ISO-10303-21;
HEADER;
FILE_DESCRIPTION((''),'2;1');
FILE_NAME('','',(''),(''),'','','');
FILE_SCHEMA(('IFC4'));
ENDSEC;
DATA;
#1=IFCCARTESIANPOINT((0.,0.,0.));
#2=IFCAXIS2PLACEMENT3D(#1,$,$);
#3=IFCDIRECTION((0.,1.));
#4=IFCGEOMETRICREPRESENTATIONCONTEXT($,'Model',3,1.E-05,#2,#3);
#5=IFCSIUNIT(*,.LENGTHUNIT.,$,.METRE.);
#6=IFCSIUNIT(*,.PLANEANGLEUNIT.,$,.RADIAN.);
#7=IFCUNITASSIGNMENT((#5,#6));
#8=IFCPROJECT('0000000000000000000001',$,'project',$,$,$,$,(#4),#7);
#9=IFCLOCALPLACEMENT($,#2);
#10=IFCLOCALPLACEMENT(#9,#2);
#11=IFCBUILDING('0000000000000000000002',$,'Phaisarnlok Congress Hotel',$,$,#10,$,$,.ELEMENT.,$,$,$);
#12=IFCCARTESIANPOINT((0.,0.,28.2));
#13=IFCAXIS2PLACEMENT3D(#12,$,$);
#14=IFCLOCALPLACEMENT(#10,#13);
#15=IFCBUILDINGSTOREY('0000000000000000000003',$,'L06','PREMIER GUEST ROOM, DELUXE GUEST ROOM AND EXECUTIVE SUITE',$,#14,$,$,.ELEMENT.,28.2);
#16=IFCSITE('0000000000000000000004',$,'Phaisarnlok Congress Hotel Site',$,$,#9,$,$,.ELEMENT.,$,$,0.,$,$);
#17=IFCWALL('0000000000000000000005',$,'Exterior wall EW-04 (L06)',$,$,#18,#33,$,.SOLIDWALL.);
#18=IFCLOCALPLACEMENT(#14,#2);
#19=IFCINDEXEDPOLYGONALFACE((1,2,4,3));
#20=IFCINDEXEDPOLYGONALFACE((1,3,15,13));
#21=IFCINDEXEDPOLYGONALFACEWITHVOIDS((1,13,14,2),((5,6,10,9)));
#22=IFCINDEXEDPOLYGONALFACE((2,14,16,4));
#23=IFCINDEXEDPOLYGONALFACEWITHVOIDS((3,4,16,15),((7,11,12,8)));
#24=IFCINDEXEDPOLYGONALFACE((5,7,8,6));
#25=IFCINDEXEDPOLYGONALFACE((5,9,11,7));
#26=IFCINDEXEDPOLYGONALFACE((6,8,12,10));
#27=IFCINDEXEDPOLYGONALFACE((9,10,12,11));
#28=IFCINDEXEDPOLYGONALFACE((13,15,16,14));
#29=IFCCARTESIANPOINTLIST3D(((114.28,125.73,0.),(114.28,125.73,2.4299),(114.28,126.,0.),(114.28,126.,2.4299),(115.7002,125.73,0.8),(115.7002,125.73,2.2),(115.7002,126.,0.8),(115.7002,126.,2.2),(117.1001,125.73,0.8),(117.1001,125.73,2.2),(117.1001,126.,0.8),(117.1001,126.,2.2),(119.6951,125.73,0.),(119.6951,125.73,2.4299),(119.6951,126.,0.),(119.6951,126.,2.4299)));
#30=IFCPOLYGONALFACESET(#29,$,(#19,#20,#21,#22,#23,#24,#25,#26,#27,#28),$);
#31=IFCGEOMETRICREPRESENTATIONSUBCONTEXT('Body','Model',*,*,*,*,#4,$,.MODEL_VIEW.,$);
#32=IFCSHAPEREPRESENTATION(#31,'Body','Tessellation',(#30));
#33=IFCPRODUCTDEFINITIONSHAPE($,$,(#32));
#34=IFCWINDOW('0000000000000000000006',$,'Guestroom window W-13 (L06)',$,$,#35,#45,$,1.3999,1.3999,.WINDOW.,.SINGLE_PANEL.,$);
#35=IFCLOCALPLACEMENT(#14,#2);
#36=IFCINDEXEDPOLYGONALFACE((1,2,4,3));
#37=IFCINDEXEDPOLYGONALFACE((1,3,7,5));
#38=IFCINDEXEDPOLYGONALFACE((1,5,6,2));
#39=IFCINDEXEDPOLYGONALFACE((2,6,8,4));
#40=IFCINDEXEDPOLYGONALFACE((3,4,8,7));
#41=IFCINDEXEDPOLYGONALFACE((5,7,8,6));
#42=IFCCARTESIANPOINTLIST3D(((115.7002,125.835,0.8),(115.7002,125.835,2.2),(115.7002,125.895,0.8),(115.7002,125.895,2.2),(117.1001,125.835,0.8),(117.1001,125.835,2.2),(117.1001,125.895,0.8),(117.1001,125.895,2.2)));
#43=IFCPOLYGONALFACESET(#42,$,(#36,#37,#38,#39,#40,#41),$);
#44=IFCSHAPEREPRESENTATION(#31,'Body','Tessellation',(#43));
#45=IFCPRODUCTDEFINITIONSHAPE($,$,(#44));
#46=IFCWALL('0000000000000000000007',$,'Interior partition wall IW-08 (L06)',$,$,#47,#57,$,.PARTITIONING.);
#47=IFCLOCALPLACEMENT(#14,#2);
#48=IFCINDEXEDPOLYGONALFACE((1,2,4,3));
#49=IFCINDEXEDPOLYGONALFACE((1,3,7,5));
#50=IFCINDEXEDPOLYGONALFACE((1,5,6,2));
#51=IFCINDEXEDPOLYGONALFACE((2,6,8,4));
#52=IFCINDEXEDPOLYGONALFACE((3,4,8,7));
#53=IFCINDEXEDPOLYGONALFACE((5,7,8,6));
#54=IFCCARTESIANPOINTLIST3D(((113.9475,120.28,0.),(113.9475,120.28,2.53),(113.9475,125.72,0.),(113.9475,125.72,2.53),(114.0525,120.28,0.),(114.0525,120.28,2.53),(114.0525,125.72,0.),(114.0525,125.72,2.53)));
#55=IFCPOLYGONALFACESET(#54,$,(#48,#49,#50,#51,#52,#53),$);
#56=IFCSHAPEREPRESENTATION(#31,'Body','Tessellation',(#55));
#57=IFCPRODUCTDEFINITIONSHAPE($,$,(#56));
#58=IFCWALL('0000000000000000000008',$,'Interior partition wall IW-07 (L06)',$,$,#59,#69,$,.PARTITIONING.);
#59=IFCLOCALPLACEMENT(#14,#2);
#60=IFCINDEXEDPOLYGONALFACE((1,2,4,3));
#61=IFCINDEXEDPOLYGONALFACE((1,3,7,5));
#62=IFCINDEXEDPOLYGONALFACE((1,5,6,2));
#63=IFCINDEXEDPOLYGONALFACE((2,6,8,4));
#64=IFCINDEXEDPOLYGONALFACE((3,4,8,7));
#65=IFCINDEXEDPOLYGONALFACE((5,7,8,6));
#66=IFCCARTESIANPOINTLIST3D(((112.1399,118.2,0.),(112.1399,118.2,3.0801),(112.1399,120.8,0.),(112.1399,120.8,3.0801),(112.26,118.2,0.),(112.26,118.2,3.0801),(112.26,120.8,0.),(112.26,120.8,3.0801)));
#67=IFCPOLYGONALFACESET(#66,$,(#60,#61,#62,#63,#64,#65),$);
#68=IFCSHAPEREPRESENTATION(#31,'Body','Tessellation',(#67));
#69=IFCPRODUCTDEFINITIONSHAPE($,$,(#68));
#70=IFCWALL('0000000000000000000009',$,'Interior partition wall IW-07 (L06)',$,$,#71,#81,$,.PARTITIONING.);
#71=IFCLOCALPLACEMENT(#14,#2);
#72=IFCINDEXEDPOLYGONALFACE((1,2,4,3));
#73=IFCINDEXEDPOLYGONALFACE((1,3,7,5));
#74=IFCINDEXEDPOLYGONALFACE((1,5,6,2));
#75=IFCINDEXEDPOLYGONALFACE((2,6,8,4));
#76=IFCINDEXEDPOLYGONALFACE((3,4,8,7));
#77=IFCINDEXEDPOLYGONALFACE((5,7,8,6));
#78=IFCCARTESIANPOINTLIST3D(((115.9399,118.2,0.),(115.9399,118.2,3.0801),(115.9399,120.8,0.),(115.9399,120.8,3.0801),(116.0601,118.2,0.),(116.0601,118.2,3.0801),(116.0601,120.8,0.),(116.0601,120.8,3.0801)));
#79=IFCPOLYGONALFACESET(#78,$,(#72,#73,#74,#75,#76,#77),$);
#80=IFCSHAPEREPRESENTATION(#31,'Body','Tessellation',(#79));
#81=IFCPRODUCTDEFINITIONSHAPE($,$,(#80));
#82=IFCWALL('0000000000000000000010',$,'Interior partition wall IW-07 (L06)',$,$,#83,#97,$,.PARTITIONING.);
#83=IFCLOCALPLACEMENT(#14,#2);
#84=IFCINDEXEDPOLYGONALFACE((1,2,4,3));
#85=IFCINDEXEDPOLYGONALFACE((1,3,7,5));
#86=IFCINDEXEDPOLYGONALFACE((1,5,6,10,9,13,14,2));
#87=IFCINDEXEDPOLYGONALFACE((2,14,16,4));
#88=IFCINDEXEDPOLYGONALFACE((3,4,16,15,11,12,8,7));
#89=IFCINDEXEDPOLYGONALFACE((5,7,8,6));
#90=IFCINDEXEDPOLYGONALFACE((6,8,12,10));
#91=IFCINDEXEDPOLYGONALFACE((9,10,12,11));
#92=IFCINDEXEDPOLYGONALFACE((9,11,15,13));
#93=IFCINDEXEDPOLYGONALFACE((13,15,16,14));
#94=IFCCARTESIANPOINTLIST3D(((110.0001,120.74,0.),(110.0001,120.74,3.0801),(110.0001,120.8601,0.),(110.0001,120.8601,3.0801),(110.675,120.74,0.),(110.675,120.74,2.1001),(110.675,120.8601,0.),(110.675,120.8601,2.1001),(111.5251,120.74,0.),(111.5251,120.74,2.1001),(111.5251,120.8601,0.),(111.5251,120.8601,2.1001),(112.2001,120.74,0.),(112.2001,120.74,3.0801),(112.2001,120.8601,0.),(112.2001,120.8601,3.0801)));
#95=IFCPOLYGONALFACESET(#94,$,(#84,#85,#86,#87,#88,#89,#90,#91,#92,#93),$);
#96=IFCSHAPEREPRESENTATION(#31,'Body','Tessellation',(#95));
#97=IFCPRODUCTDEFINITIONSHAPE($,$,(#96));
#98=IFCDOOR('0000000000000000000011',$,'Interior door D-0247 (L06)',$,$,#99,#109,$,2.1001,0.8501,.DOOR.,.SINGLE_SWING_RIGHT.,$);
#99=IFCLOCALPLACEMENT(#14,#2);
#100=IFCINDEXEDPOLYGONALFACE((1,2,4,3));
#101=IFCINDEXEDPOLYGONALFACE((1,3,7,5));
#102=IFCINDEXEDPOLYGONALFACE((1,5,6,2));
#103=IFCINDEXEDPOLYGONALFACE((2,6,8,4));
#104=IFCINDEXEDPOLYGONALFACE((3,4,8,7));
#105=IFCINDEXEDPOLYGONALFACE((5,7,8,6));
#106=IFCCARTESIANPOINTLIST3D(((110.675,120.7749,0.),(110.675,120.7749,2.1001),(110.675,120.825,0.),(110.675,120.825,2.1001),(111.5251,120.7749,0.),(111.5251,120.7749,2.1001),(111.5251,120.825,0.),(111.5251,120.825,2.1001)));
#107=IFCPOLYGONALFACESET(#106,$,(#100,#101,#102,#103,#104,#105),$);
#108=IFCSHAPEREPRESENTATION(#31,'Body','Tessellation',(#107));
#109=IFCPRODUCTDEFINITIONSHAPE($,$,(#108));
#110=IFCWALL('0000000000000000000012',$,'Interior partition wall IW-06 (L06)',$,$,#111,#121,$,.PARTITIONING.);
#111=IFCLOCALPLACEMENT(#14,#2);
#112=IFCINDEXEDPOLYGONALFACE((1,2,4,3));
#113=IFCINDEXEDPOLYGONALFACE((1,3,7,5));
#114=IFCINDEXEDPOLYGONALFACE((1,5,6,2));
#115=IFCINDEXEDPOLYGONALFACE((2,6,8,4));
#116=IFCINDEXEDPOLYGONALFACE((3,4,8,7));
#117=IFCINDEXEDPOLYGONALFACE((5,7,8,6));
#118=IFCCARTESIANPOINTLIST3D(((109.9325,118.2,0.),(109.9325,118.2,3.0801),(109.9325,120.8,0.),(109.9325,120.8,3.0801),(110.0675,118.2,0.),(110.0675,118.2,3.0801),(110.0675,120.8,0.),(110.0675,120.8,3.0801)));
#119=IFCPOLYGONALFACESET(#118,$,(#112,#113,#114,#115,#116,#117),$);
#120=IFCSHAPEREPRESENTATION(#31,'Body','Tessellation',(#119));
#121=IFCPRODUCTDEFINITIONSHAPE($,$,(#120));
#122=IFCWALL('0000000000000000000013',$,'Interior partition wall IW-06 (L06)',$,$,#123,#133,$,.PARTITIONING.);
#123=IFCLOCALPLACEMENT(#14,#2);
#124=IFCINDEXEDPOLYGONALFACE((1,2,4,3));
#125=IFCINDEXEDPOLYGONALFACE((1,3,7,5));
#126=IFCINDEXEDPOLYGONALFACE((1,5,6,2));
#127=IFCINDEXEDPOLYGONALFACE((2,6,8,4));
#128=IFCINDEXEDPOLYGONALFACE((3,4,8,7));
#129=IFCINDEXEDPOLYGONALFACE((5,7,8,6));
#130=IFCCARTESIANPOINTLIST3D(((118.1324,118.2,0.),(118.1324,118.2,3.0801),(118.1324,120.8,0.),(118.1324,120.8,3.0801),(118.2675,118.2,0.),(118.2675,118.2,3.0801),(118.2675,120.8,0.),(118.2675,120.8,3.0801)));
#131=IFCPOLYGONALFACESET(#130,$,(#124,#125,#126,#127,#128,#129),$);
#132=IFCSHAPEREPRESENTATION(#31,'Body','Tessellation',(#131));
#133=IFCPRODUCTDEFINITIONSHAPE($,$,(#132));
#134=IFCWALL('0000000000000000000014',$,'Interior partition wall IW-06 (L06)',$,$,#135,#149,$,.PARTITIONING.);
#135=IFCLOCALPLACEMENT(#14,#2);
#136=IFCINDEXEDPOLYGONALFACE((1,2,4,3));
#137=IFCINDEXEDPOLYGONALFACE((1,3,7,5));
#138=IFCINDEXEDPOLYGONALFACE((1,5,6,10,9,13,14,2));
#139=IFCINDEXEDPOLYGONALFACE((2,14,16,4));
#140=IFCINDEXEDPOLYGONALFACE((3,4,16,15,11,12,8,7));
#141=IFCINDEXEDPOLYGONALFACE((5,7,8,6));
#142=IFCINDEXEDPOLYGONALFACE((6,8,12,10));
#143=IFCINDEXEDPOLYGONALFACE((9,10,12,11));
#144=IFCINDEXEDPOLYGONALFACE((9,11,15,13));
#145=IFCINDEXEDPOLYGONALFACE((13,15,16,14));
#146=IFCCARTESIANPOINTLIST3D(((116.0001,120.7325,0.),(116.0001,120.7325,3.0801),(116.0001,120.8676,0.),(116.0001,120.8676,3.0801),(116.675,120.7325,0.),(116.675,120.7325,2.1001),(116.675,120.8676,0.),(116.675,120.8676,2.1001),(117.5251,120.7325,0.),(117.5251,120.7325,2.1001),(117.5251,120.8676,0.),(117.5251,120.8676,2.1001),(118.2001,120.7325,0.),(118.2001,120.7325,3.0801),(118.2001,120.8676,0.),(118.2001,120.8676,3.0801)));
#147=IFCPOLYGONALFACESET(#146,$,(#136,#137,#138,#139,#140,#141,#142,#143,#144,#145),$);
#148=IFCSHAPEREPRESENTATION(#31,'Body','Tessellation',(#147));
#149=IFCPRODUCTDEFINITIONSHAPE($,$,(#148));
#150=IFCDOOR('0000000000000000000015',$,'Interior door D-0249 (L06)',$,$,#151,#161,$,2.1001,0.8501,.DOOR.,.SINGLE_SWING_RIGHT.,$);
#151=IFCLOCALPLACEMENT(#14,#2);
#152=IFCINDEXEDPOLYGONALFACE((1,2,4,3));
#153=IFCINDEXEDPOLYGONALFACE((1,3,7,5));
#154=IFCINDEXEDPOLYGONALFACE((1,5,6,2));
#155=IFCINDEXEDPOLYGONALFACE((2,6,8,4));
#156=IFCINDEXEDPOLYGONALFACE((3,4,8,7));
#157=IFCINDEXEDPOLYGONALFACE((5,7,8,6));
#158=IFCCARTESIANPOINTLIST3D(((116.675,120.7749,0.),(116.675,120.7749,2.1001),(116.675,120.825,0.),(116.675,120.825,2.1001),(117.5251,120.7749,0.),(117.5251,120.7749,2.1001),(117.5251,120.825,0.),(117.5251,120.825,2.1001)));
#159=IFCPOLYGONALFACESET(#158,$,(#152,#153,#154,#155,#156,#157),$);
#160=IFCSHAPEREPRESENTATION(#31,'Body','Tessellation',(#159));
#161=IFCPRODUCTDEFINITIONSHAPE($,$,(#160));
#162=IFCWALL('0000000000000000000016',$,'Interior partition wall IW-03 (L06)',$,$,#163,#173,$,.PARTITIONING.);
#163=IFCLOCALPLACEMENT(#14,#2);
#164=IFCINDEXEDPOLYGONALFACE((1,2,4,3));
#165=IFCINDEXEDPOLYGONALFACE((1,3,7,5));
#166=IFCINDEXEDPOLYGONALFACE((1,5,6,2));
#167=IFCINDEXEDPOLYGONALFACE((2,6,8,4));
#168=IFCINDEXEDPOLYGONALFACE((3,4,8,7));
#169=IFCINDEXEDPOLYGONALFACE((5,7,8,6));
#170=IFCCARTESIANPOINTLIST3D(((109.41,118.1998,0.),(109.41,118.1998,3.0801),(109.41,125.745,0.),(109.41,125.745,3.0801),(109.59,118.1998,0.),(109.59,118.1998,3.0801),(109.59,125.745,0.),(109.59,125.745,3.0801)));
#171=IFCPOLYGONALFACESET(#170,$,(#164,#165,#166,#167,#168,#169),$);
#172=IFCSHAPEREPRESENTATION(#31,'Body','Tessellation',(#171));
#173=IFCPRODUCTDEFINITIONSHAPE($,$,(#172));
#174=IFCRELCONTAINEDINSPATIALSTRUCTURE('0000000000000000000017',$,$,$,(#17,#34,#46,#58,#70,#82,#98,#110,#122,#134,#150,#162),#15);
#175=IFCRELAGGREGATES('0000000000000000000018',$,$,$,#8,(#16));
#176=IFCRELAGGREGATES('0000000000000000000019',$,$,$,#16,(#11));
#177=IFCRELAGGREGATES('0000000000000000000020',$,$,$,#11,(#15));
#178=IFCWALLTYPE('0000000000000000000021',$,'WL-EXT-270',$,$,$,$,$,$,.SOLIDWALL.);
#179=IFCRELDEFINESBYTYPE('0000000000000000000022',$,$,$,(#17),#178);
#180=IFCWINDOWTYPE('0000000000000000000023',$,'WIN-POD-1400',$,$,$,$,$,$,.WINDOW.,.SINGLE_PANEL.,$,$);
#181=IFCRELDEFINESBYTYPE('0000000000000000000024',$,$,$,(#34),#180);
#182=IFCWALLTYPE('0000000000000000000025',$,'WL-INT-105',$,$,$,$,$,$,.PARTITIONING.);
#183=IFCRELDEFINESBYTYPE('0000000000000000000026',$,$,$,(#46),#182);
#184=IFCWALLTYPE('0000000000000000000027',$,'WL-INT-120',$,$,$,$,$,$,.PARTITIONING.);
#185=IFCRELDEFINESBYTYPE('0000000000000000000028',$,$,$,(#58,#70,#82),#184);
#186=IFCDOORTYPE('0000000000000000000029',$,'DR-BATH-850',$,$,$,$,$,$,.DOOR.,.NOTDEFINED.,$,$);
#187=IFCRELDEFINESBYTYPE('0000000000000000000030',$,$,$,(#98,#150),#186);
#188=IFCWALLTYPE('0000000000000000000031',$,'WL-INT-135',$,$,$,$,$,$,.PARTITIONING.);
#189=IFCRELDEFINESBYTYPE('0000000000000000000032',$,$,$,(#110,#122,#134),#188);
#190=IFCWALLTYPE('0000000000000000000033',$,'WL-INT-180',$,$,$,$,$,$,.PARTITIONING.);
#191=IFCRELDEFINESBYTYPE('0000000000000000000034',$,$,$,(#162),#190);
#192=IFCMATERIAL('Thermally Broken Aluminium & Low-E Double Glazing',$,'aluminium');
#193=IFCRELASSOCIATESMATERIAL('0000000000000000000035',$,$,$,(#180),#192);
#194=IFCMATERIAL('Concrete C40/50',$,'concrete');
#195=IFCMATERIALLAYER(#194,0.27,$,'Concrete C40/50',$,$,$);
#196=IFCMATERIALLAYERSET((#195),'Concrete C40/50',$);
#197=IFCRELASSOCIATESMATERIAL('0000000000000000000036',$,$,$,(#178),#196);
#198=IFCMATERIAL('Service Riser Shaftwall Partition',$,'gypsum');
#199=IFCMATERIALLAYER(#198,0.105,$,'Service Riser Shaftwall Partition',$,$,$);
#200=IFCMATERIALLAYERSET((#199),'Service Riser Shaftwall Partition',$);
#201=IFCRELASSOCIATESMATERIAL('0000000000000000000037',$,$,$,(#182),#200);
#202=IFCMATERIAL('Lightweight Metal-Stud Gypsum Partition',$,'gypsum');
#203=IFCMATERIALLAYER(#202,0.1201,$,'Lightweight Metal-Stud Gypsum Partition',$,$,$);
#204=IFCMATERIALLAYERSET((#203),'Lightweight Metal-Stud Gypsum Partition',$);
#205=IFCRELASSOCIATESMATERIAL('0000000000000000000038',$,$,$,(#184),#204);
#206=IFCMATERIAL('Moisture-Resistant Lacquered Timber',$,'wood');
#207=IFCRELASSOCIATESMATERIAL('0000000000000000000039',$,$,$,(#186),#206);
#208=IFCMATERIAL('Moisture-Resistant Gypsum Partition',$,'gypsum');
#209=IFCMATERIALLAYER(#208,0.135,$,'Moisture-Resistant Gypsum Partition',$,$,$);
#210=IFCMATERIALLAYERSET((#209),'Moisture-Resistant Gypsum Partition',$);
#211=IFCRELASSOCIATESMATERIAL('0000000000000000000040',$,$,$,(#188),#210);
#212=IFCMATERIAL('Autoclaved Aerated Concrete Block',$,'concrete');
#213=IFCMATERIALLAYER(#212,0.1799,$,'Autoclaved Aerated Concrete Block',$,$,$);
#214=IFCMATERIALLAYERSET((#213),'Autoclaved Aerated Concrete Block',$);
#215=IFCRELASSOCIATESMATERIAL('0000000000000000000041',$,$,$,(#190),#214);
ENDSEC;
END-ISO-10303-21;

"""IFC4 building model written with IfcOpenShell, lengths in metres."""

from ifc_helpers import new_model, si_unit, direction, frame, frame_2d, origin, place, context, subcontext, project, spatial, rectangle, extrude, material, layer, layer_set, type_object, element, fill, save


model = new_model("IFC4")

# Units and contexts
model_context = context("Model", 3, precision=1e-05, world=origin(), true_north=direction((0.0, 1.0)))
body_context = subcontext(model_context, "Body", "Model", "MODEL_VIEW")
ifc_project = project(units=[si_unit("LENGTHUNIT", "METRE"), si_unit("PLANEANGLEUNIT", "RADIAN")], contexts=[model_context])

# Site, building, storey
site_placement = place(None, origin())
site = spatial("IfcSite", under=ifc_project, at=site_placement, Name="Phaisarnlok Congress Hotel Site", CompositionType="ELEMENT", RefElevation=0.0)
building_placement = place(site_placement, origin())
building = spatial("IfcBuilding", under=site, at=building_placement, Name="Phaisarnlok Congress Hotel", CompositionType="ELEMENT")
storey_placement = place(building_placement, frame((0.0, 0.0, 28.2)))
storey = spatial("IfcBuildingStorey", under=building, at=storey_placement, Name="L06", Description="PREMIER GUEST ROOM, DELUXE GUEST ROOM AND EXECUTIVE SUITE", CompositionType="ELEMENT", Elevation=28.2)

# Shared definitions
ifc_material_1 = material(Name="Concrete C40/50", Category="concrete")

# Wall, opening, window
ifc_material_2 = material(Name="Thermally Broken Aluminium & Low-E Double Glazing", Category="aluminium")
window_type = type_object("IfcWindowType", Name="WIN-POD-1400", PartitioningType="SINGLE_PANEL", PredefinedType="WINDOW", material=ifc_material_2)
ifc_layer_1 = layer(ifc_material_1, 0.27, Name="Concrete C40/50")
ifc_layer_set_1 = layer_set([ifc_layer_1], Name="Concrete C40/50")
wall_type_1 = type_object("IfcWallType", Name="WL-EXT-270", PredefinedType="SOLIDWALL", material=ifc_layer_set_1)
wall_1_placement = place(storey_placement, frame((119.6951, 125.865, 0.0), z_axis=(0.0, 0.0, 1.0), x_axis=(-1.0, 0.0, 0.0)))
wall_1 = element("IfcWall", 1, at=wall_1_placement, inside=storey, type_object=wall_type_1, Name="Exterior wall EW-04 (L06)", PredefinedType="SOLIDWALL", context=body_context, shape_type="SweptSolid", body=[
    extrude(rectangle(XDim=5.415, YDim=0.27, at=frame_2d((2.7075, 0.0))), origin(), (0.0, 0.0, 1.0), 2.4299),
])
opening_1_placement = place(wall_1_placement, frame((2.595, 0.0, 0.8)))
opening_1 = element("IfcOpeningElement", 2, at=opening_1_placement, cuts=wall_1, PredefinedType="OPENING", context=body_context, shape_type="SweptSolid", body=[
    extrude(rectangle(XDim=1.3999, YDim=1.3999, at=frame_2d((0.7, 0.7))), frame((0.0, 0.145, 0.0), z_axis=(0.0, -1.0, 0.0), x_axis=(1.0, 0.0, 0.0)), (0.0, 0.0, 1.0), 0.29),
])
window_1_placement = place(opening_1_placement, origin())
window_1 = element("IfcWindow", 3, at=window_1_placement, inside=storey, type_object=window_type, Name="Guestroom window W-13 (L06)", OverallHeight=1.3999, OverallWidth=1.3999, PartitioningType="SINGLE_PANEL", PredefinedType="WINDOW", context=body_context, shape_type="SweptSolid", body=[
    extrude(rectangle(XDim=1.3999, YDim=1.3999, at=frame_2d((0.7, 0.7))), frame((0.0, 0.03, 0.0), z_axis=(0.0, -1.0, 0.0), x_axis=(1.0, 0.0, 0.0)), (0.0, 0.0, 1.0), 0.0601),
])
fill(opening_1, window_1)

# Walls
ifc_material_3 = material(Name="Service Riser Shaftwall Partition", Category="gypsum")
ifc_layer_2 = layer(ifc_material_3, 0.105, Name="Service Riser Shaftwall Partition")
ifc_layer_set_2 = layer_set([ifc_layer_2], Name="Service Riser Shaftwall Partition")
wall_type_2 = type_object("IfcWallType", Name="WL-INT-105", PredefinedType="PARTITIONING", material=ifc_layer_set_2)
wall_2_placement = place(storey_placement, frame((114.0, 120.28, 0.0), z_axis=(0.0, 0.0, 1.0), x_axis=(0.0, 1.0, 0.0)))
element("IfcWall", 4, at=wall_2_placement, inside=storey, type_object=wall_type_2, Name="Interior partition wall IW-08 (L06)", PredefinedType="PARTITIONING", context=body_context, shape_type="SweptSolid", body=[
    extrude(rectangle(XDim=5.4399, YDim=0.105, at=frame_2d((2.72, 0.0))), origin(), (0.0, 0.0, 1.0), 2.53),
])
ifc_material_4 = material(Name="Lightweight Metal-Stud Gypsum Partition", Category="gypsum")
ifc_layer_3 = layer(ifc_material_4, 0.1201, Name="Lightweight Metal-Stud Gypsum Partition")
ifc_layer_set_3 = layer_set([ifc_layer_3], Name="Lightweight Metal-Stud Gypsum Partition")
wall_type_3 = type_object("IfcWallType", Name="WL-INT-120", PredefinedType="PARTITIONING", material=ifc_layer_set_3)
for number, where, z_axis, x_axis, name in (
    (5, (112.2, 118.2, 0.0), (0.0, 0.0, 1.0), (0.0, 1.0, 0.0), "Interior partition wall IW-07 (L06)"),
    (6, (116.0, 118.2, 0.0), (0.0, 0.0, 1.0), (0.0, 1.0, 0.0), "Interior partition wall IW-07 (L06)"),
):
    element("IfcWall", number, at=place(storey_placement, frame(where, z_axis=z_axis, x_axis=x_axis)), inside=storey, type_object=wall_type_3, Name=name, PredefinedType="PARTITIONING", context=body_context, shape_type="SweptSolid", body=[
        extrude(rectangle(XDim=2.6001, YDim=0.1201, at=frame_2d((1.3, 0.0))), origin(), (0.0, 0.0, 1.0), 3.0801),
    ])

# Wall, opening, door
wall_3_placement = place(storey_placement, frame((110.0, 120.8, 0.0), z_axis=(0.0, 0.0, 1.0), x_axis=(1.0, 0.0, 0.0)))
wall_3 = element("IfcWall", 7, at=wall_3_placement, inside=storey, type_object=wall_type_3, Name="Interior partition wall IW-07 (L06)", PredefinedType="PARTITIONING", context=body_context, shape_type="SweptSolid", body=[
    extrude(rectangle(XDim=2.2, YDim=0.1201, at=frame_2d((1.1001, 0.0))), origin(), (0.0, 0.0, 1.0), 3.0801),
])
opening_2_placement = place(wall_3_placement, frame((0.675, 0.0, 0.0)))
opening_2 = element("IfcOpeningElement", 8, at=opening_2_placement, cuts=wall_3, PredefinedType="OPENING", context=body_context, shape_type="SweptSolid", body=[
    extrude(rectangle(XDim=0.8501, YDim=2.1001, at=frame_2d((0.425, 1.05))), frame((0.0, 0.0701, 0.0), z_axis=(0.0, -1.0, 0.0), x_axis=(1.0, 0.0, 0.0)), (0.0, 0.0, 1.0), 0.1401),
])
ifc_material_5 = material(Name="Moisture-Resistant Lacquered Timber", Category="wood")
door_type = type_object("IfcDoorType", Name="DR-BATH-850", OperationType="NOTDEFINED", PredefinedType="DOOR", material=ifc_material_5)
door_1_placement = place(opening_2_placement, origin())
door_1 = element("IfcDoor", 9, at=door_1_placement, inside=storey, type_object=door_type, Name="Interior door D-0247 (L06)", OperationType="SINGLE_SWING_RIGHT", OverallHeight=2.1001, OverallWidth=0.8501, PredefinedType="DOOR", context=body_context, shape_type="SweptSolid", body=[
    extrude(rectangle(XDim=0.8501, YDim=2.1001, at=frame_2d((0.425, 1.05))), frame((0.0, 0.0249, 0.0), z_axis=(0.0, -1.0, 0.0), x_axis=(1.0, 0.0, 0.0)), (0.0, 0.0, 1.0), 0.05),
])
fill(opening_2, door_1)

# Walls
ifc_material_6 = material(Name="Moisture-Resistant Gypsum Partition", Category="gypsum")
ifc_layer_4 = layer(ifc_material_6, 0.135, Name="Moisture-Resistant Gypsum Partition")
ifc_layer_set_4 = layer_set([ifc_layer_4], Name="Moisture-Resistant Gypsum Partition")
wall_type_4 = type_object("IfcWallType", Name="WL-INT-135", PredefinedType="PARTITIONING", material=ifc_layer_set_4)
for number, where, z_axis, x_axis, name in (
    (10, (110.0, 118.2, 0.0), (0.0, 0.0, 1.0), (0.0, 1.0, 0.0), "Interior partition wall IW-06 (L06)"),
    (11, (118.2, 118.2, 0.0), (0.0, 0.0, 1.0), (0.0, 1.0, 0.0), "Interior partition wall IW-06 (L06)"),
):
    element("IfcWall", number, at=place(storey_placement, frame(where, z_axis=z_axis, x_axis=x_axis)), inside=storey, type_object=wall_type_4, Name=name, PredefinedType="PARTITIONING", context=body_context, shape_type="SweptSolid", body=[
        extrude(rectangle(XDim=2.6001, YDim=0.135, at=frame_2d((1.3, 0.0))), origin(), (0.0, 0.0, 1.0), 3.0801),
    ])

# Wall, opening, door
wall_4_placement = place(storey_placement, frame((116.0, 120.8, 0.0), z_axis=(0.0, 0.0, 1.0), x_axis=(1.0, 0.0, 0.0)))
wall_4 = element("IfcWall", 12, at=wall_4_placement, inside=storey, type_object=wall_type_4, Name="Interior partition wall IW-06 (L06)", PredefinedType="PARTITIONING", context=body_context, shape_type="SweptSolid", body=[
    extrude(rectangle(XDim=2.2, YDim=0.135, at=frame_2d((1.1001, 0.0))), origin(), (0.0, 0.0, 1.0), 3.0801),
])
opening_3_placement = place(wall_4_placement, frame((0.675, 0.0, 0.0)))
opening_3 = element("IfcOpeningElement", 13, at=opening_3_placement, cuts=wall_4, PredefinedType="OPENING", context=body_context, shape_type="SweptSolid", body=[
    extrude(rectangle(XDim=0.8501, YDim=2.1001, at=frame_2d((0.425, 1.05))), frame((0.0, 0.0776, 0.0), z_axis=(0.0, -1.0, 0.0), x_axis=(1.0, 0.0, 0.0)), (0.0, 0.0, 1.0), 0.155),
])
door_2_placement = place(opening_3_placement, origin())
door_2 = element("IfcDoor", 14, at=door_2_placement, inside=storey, type_object=door_type, Name="Interior door D-0249 (L06)", OperationType="SINGLE_SWING_RIGHT", OverallHeight=2.1001, OverallWidth=0.8501, PredefinedType="DOOR", context=body_context, shape_type="SweptSolid", body=[
    extrude(rectangle(XDim=0.8501, YDim=2.1001, at=frame_2d((0.425, 1.05))), frame((0.0, 0.0249, 0.0), z_axis=(0.0, -1.0, 0.0), x_axis=(1.0, 0.0, 0.0)), (0.0, 0.0, 1.0), 0.05),
])
fill(opening_3, door_2)

# Wall
ifc_material_7 = material(Name="Autoclaved Aerated Concrete Block", Category="concrete")
ifc_layer_5 = layer(ifc_material_7, 0.1799, Name="Autoclaved Aerated Concrete Block")
ifc_layer_set_5 = layer_set([ifc_layer_5], Name="Autoclaved Aerated Concrete Block")
wall_type_5 = type_object("IfcWallType", Name="WL-INT-180", PredefinedType="PARTITIONING", material=ifc_layer_set_5)
wall_5_placement = place(storey_placement, frame((109.5, 118.2, 0.0), z_axis=(0.0, 0.0, 1.0), x_axis=(0.0, 1.0, 0.0)))
element("IfcWall", 15, at=wall_5_placement, inside=storey, type_object=wall_type_5, Name="Interior partition wall IW-03 (L06)", PredefinedType="PARTITIONING", context=body_context, shape_type="SweptSolid", body=[
    extrude(rectangle(XDim=7.5452, YDim=0.1799, at=frame_2d((3.7725, 0.0))), origin(), (0.0, 0.0, 1.0), 3.0801),
])

save(model, "model.ifc")
